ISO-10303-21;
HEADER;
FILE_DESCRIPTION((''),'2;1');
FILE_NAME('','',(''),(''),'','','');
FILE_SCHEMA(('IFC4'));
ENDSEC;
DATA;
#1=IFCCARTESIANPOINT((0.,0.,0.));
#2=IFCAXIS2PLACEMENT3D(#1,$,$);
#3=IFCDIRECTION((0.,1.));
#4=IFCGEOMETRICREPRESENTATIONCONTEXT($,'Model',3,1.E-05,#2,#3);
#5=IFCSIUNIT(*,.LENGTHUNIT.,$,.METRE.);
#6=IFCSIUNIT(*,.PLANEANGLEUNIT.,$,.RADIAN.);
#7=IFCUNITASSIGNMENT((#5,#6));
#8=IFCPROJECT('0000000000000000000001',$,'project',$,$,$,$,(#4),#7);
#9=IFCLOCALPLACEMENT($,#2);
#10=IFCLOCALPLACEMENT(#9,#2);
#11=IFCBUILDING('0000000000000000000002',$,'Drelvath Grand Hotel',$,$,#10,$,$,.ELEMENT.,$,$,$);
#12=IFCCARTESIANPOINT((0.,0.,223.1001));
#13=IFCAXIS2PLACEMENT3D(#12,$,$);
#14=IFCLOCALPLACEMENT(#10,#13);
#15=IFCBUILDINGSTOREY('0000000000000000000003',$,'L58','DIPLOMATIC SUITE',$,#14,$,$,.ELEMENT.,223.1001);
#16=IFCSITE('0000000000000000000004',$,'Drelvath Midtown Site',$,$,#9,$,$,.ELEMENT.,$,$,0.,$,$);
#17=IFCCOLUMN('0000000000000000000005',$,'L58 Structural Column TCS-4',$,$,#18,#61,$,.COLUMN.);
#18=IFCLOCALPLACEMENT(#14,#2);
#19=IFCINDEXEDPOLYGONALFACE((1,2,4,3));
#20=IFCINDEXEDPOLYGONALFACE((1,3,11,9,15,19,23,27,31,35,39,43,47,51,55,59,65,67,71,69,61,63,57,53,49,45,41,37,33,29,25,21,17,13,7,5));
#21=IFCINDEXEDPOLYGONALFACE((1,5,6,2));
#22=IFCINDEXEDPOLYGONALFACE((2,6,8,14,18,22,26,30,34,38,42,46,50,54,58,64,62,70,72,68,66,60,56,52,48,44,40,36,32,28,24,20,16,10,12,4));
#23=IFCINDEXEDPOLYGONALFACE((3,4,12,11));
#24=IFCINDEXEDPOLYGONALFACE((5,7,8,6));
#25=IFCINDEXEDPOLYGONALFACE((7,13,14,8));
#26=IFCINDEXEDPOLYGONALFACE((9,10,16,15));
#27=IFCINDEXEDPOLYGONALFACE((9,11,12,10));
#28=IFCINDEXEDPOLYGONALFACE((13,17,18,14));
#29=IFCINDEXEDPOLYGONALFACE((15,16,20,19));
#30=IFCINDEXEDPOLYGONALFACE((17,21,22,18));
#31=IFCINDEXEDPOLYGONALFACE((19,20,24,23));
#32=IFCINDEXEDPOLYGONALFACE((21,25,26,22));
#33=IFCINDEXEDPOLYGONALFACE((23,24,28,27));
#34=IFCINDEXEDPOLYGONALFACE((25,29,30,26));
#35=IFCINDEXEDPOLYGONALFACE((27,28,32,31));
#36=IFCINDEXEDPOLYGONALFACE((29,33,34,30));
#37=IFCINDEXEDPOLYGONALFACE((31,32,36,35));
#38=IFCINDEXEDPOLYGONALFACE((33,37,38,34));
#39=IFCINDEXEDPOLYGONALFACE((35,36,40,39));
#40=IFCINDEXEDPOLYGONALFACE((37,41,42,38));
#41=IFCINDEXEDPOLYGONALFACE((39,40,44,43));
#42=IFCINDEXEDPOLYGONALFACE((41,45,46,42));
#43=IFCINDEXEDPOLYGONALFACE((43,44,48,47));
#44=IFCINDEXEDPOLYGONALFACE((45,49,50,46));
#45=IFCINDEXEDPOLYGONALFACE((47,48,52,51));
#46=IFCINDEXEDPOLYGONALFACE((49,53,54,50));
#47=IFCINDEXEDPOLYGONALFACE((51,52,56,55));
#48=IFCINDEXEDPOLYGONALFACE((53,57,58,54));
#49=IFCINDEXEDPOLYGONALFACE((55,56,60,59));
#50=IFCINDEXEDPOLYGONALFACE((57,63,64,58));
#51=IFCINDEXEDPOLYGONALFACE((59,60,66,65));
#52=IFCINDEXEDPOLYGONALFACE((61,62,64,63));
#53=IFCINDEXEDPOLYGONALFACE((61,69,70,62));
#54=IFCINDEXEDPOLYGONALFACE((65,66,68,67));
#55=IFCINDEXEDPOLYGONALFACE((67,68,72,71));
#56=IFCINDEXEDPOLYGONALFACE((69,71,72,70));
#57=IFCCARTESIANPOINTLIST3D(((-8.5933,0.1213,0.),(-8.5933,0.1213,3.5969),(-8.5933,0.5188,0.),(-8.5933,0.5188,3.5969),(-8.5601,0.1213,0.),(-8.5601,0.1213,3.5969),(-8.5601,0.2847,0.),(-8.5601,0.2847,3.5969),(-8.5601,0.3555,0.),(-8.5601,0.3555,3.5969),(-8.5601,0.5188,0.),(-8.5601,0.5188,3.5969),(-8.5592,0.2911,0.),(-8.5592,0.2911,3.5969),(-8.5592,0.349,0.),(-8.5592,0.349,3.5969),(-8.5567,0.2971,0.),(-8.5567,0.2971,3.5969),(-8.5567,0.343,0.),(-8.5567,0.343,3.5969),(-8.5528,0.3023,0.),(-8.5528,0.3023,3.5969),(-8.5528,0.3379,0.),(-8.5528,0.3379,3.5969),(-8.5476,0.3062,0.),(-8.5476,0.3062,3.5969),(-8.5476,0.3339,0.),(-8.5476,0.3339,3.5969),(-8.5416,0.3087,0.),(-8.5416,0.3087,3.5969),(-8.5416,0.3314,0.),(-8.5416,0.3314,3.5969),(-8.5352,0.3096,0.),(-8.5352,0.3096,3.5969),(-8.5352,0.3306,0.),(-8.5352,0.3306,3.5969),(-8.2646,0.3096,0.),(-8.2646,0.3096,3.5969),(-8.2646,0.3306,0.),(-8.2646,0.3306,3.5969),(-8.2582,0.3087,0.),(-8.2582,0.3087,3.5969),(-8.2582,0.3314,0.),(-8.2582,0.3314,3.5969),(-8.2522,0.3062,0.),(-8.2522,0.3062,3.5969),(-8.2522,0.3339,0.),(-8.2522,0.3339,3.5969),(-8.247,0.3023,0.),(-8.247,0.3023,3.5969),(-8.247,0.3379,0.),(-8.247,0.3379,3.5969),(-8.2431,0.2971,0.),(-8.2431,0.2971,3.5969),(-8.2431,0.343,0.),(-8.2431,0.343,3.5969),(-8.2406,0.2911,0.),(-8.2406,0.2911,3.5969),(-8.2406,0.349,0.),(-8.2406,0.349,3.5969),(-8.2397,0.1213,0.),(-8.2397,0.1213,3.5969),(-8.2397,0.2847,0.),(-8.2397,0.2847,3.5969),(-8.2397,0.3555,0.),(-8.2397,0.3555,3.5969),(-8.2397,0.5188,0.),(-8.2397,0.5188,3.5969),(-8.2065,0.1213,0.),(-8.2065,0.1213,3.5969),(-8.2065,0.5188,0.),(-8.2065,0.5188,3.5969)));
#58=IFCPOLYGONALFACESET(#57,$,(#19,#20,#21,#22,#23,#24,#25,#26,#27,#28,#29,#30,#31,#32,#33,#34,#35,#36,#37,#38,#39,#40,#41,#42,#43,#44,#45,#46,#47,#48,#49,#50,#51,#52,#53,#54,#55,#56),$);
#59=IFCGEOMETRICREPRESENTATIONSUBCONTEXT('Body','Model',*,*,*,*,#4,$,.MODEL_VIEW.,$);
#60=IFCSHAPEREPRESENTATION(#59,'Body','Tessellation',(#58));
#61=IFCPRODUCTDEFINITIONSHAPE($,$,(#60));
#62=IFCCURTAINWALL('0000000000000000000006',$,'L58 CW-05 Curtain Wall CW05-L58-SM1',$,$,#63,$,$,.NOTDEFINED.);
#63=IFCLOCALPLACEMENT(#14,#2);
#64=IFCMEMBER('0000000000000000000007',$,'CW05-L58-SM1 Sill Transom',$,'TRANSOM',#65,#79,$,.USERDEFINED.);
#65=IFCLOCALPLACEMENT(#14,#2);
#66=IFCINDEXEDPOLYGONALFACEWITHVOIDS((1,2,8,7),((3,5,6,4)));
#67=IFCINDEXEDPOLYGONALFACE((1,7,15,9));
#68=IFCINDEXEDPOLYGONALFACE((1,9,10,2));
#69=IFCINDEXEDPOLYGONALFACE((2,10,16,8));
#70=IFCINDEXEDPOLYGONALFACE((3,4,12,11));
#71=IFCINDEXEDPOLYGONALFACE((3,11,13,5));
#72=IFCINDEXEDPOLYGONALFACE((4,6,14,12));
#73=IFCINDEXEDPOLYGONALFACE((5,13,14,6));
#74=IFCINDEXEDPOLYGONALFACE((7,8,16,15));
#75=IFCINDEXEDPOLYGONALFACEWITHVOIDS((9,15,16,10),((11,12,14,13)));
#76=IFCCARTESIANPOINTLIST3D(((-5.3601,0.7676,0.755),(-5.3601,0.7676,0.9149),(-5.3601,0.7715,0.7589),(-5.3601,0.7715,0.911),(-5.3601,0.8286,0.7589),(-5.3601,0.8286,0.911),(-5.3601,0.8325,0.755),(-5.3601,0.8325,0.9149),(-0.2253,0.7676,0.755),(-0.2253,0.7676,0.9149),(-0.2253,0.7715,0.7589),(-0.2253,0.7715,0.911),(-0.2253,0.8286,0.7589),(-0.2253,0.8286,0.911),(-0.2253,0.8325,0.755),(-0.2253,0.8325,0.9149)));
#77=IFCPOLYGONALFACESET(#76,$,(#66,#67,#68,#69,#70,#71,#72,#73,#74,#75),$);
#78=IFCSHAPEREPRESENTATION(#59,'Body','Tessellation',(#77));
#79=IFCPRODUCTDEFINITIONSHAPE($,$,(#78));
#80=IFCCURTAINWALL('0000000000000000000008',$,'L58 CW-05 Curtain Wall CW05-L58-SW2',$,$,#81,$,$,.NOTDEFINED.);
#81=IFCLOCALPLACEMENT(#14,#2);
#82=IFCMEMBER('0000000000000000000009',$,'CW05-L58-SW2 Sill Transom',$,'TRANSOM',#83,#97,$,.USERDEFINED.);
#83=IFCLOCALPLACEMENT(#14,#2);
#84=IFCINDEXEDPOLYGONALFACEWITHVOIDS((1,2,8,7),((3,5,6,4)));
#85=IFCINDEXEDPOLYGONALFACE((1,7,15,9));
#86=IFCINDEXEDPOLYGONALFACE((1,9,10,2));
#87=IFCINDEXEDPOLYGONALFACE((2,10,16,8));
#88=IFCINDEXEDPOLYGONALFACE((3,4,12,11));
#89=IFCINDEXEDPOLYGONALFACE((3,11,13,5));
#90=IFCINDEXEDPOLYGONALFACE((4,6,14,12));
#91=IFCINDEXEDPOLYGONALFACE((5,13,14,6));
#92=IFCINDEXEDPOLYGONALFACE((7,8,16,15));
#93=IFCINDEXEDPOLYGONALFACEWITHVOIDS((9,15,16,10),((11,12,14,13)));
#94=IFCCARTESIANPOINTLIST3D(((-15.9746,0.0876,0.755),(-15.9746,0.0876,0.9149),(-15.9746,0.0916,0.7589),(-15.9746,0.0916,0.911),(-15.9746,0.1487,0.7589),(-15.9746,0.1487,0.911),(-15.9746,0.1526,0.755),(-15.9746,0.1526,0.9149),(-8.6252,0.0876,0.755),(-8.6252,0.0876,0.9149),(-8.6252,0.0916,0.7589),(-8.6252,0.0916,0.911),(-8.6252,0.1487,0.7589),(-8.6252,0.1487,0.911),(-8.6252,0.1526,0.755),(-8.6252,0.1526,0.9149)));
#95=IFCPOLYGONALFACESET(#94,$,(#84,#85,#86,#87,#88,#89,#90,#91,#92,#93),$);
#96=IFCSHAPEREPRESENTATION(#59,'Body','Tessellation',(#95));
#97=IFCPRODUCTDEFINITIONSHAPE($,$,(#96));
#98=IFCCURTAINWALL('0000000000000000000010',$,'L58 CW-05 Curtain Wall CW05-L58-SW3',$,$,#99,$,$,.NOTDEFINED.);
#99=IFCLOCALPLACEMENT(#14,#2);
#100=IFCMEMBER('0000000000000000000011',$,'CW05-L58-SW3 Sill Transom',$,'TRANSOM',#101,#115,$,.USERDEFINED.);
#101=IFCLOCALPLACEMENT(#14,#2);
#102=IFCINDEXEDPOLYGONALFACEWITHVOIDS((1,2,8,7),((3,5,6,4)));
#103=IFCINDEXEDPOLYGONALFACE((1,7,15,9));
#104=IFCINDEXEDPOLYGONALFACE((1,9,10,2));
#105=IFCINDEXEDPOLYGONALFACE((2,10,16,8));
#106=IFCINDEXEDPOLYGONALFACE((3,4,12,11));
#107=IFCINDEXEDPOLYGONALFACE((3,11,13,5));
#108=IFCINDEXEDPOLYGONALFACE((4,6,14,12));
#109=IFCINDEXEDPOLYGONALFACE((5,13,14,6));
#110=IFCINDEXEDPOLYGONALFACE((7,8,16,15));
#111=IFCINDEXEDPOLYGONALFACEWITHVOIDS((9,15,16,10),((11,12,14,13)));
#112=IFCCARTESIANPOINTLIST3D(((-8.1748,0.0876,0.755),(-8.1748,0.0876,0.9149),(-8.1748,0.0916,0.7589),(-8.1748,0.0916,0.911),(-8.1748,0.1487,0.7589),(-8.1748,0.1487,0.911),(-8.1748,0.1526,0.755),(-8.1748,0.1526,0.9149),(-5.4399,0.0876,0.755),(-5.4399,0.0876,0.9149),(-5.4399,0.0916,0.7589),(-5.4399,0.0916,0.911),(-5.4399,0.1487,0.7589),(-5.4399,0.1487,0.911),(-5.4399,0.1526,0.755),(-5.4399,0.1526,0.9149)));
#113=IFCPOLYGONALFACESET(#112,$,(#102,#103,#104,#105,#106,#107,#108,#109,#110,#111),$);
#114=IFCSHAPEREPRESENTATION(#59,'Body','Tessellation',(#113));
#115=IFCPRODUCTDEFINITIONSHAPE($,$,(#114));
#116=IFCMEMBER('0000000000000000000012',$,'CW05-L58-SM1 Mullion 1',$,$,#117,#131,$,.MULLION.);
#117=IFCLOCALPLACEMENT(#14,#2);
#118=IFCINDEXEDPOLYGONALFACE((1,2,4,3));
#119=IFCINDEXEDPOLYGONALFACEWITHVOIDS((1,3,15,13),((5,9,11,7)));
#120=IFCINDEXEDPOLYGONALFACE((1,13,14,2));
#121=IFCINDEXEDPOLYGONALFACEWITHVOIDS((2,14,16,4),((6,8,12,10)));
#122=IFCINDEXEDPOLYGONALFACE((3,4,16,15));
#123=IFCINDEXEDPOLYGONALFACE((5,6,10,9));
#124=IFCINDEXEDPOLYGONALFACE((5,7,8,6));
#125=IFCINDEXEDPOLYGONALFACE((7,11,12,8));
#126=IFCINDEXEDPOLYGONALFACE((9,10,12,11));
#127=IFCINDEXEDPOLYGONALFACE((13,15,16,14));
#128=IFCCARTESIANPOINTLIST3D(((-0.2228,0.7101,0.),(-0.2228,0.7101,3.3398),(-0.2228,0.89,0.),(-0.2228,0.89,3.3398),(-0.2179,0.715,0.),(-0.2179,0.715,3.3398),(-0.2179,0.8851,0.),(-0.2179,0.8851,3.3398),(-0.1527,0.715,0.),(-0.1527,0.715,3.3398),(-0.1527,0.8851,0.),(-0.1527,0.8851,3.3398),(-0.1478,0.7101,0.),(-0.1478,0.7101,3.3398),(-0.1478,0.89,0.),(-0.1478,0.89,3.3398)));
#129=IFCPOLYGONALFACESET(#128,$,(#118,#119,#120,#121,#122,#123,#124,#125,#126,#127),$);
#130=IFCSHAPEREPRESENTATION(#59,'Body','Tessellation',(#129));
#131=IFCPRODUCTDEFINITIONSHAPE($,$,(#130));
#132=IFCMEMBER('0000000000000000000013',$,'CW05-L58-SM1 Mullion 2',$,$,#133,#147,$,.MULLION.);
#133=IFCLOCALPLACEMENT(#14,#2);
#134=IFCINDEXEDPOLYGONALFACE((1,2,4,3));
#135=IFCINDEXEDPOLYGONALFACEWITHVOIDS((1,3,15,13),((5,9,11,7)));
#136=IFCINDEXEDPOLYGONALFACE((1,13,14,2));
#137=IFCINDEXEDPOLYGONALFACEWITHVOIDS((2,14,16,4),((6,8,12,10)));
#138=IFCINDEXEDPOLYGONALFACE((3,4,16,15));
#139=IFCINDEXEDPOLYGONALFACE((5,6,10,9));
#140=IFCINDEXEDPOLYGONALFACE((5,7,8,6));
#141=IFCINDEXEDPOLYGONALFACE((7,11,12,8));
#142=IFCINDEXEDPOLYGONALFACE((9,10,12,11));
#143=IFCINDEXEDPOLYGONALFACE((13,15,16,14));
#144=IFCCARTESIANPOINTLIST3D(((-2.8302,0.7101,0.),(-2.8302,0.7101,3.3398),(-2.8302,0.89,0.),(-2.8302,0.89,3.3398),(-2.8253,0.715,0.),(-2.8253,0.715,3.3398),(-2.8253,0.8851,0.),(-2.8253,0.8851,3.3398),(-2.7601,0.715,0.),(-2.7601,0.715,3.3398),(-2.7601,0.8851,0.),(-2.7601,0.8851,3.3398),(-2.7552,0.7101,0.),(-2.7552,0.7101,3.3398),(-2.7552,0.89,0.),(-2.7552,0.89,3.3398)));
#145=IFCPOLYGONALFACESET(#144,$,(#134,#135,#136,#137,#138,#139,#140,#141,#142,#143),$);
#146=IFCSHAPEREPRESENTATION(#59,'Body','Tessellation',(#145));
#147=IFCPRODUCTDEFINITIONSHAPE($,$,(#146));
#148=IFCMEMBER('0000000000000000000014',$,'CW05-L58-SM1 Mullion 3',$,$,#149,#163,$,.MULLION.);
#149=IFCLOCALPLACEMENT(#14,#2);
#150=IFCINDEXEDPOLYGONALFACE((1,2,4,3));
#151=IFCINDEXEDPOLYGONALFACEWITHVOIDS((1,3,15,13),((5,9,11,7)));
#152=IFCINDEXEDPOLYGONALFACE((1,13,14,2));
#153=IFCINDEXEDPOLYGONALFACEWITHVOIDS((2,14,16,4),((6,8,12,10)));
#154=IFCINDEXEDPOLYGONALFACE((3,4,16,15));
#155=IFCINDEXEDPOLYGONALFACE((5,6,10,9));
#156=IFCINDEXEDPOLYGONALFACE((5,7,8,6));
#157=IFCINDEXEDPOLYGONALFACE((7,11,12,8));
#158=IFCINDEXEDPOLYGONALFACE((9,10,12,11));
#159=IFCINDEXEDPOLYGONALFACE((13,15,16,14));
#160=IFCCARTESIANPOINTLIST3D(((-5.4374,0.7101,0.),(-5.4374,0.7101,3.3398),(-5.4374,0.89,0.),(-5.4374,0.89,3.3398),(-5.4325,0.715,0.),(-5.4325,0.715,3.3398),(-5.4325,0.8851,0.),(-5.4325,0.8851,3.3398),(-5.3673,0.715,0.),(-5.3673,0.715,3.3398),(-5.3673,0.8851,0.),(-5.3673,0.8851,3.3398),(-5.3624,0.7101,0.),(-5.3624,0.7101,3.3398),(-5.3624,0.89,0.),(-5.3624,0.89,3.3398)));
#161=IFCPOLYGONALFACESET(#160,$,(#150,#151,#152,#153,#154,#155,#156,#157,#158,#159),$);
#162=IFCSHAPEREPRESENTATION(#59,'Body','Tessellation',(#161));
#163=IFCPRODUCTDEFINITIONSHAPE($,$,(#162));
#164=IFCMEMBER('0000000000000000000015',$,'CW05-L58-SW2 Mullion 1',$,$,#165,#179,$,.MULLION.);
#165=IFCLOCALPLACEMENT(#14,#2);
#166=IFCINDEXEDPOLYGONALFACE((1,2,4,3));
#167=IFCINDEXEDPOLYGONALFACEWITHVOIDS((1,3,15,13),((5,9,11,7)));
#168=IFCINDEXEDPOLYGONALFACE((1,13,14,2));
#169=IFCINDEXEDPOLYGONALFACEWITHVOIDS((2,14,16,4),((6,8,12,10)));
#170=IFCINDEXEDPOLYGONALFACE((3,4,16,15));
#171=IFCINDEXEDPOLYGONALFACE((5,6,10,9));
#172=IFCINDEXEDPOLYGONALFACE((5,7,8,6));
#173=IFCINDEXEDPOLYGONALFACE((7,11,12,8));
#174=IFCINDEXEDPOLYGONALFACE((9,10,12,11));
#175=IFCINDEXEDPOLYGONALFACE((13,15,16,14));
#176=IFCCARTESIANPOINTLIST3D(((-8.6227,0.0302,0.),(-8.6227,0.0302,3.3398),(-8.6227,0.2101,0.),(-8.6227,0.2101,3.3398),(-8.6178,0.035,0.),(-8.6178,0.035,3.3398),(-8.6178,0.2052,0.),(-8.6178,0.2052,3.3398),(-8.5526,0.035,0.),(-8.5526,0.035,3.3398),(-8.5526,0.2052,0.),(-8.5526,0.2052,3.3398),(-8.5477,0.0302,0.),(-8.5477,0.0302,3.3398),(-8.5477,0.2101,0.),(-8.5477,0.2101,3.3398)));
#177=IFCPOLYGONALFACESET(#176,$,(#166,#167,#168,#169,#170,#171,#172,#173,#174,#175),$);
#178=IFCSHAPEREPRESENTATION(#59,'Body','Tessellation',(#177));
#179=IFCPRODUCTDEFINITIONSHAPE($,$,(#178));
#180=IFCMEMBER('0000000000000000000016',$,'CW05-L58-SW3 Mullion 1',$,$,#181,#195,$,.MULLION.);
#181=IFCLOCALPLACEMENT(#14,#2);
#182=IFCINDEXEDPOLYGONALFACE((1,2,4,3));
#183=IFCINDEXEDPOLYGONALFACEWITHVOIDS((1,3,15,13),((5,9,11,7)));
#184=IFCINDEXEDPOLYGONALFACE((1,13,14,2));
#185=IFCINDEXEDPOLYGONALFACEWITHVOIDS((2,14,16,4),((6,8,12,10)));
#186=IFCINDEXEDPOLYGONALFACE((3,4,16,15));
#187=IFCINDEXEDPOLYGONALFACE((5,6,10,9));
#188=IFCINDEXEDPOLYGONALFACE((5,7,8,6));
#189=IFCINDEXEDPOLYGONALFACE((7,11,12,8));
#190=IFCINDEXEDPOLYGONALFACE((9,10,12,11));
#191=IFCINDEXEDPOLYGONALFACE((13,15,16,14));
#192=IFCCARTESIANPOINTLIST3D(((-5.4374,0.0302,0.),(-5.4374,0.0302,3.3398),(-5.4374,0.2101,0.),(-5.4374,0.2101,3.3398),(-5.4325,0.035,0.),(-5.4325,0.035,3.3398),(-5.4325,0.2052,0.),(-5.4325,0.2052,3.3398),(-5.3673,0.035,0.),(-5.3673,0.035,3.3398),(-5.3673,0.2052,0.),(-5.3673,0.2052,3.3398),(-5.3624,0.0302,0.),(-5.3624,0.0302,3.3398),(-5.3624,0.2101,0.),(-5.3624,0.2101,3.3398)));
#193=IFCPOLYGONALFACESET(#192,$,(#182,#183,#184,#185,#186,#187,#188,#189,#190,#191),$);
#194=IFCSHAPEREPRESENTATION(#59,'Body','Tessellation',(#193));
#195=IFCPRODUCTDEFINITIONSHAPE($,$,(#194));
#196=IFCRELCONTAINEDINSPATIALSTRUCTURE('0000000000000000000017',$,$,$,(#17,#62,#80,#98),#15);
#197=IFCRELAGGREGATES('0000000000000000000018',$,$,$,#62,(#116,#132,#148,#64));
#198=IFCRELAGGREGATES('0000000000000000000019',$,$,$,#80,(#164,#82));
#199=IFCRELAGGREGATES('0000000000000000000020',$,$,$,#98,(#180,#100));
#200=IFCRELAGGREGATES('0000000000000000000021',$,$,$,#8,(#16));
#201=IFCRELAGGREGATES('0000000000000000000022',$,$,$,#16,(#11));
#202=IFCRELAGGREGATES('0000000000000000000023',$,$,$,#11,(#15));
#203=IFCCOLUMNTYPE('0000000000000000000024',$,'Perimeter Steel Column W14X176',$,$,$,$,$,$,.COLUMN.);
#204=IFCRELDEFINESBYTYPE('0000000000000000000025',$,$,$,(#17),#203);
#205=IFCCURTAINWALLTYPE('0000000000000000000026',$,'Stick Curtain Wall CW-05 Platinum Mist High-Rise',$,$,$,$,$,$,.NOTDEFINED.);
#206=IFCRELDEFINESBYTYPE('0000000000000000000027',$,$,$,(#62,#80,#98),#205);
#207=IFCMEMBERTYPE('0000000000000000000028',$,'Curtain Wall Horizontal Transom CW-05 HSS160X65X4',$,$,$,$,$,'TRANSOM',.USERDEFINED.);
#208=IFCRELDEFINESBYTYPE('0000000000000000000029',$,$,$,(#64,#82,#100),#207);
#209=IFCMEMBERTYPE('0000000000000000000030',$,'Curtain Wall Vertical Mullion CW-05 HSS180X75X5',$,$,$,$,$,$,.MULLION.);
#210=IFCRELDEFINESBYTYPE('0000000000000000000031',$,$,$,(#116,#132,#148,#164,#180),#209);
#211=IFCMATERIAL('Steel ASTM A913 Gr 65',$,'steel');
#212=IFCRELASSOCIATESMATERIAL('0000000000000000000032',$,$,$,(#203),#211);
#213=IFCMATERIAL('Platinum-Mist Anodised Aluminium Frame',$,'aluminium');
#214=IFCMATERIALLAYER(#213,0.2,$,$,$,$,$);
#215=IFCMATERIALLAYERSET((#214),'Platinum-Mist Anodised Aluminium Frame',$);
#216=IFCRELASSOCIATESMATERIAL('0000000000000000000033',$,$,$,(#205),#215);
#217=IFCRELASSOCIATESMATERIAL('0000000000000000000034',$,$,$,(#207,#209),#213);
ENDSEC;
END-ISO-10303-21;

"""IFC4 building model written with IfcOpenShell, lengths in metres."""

from ifc_helpers import new_model, si_unit, direction, frame, origin, origin_2d, place, context, subcontext, project, spatial, hollow_rectangle, i_section, extrude, material, layer, layer_set, material_profile, profile_set, type_object, element, aggregate, save


model = new_model("IFC4")

# Units and contexts
model_context = context("Model", 3, precision=1e-05, world=origin(), true_north=direction((0.0, 1.0)))
body_context = subcontext(model_context, "Body", "Model", "MODEL_VIEW")
ifc_project = project(units=[si_unit("LENGTHUNIT", "METRE"), si_unit("PLANEANGLEUNIT", "RADIAN")], contexts=[model_context])

# Site, building, storey
site_placement = place(None, origin())
site = spatial("IfcSite", under=ifc_project, at=site_placement, Name="Drelvath Midtown Site", CompositionType="ELEMENT", RefElevation=0.0)
building_placement = place(site_placement, origin())
building = spatial("IfcBuilding", under=site, at=building_placement, Name="Drelvath Grand Hotel", CompositionType="ELEMENT")
storey_placement = place(building_placement, frame((0.0, 0.0, 223.1001)))
storey = spatial("IfcBuildingStorey", under=building, at=storey_placement, Name="L58", Description="DIPLOMATIC SUITE", CompositionType="ELEMENT", Elevation=223.1001)

# Column
ifc_material_1 = material(Name="Steel ASTM A913 Gr 65", Category="steel")
ifc_material_profile_1 = material_profile(ifc_material_1, i_section(OverallWidth=0.3975, OverallDepth=0.3867, WebThickness=0.021, FlangeThickness=0.0332, FilletRadius=0.0249, at=origin_2d()), Name="W14X176")
ifc_profile_set_1 = profile_set([ifc_material_profile_1], Name="Steel ASTM A913 Gr 65")
column_type = type_object("IfcColumnType", Name="Perimeter Steel Column W14X176", PredefinedType="COLUMN", material=ifc_profile_set_1)
column_placement = place(storey_placement, frame((-8.3999, 0.3201, 0.0), z_axis=(0.0, 0.0, 1.0), x_axis=(0.0, 1.0, 0.0)))
element("IfcColumn", 1, at=column_placement, inside=storey, type_object=column_type, Name="L58 Structural Column TCS-4", PredefinedType="COLUMN", context=body_context, shape_type="SweptSolid", body=[
    extrude(i_section(OverallWidth=0.3975, OverallDepth=0.3867, WebThickness=0.021, FlangeThickness=0.0332, FilletRadius=0.0249, at=origin_2d()), origin(), (0.0, 0.0, 1.0), 3.5969),
])

# Curtain walls, members
ifc_material_2 = material(Name="Platinum-Mist Anodised Aluminium Frame", Category="aluminium")
ifc_layer_1 = layer(ifc_material_2, 0.2)
ifc_layer_set_1 = layer_set([ifc_layer_1], Name="Platinum-Mist Anodised Aluminium Frame")
curtain_wall_type = type_object("IfcCurtainWallType", Name="Stick Curtain Wall CW-05 Platinum Mist High-Rise", PredefinedType="NOTDEFINED", material=ifc_layer_set_1)
curtain_wall_1_placement = place(storey_placement, origin())
curtain_wall_1 = element("IfcCurtainWall", 2, at=curtain_wall_1_placement, inside=storey, type_object=curtain_wall_type, Name="L58 CW-05 Curtain Wall CW05-L58-SM1", PredefinedType="NOTDEFINED")
ifc_material_profile_2 = material_profile(ifc_material_2, hollow_rectangle(XDim=0.0649, YDim=0.1599, WallThickness=0.0039, at=origin_2d()), Name="HSS160X65X4")
ifc_profile_set_2 = profile_set([ifc_material_profile_2], Name="Platinum-Mist Anodised Aluminium Frame")
member_type_1 = type_object("IfcMemberType", Name="Curtain Wall Horizontal Transom CW-05 HSS160X65X4", ElementType="TRANSOM", PredefinedType="USERDEFINED", material=ifc_profile_set_2)
member_1_placement = place(storey_placement, frame((-0.2253, 0.8, 0.835), z_axis=(-1.0, 0.0, 0.0), x_axis=(0.0, -1.0, 0.0)))
member_1 = element("IfcMember", 3, at=member_1_placement, type_object=member_type_1, Name="CW05-L58-SM1 Sill Transom", ObjectType="TRANSOM", PredefinedType="USERDEFINED", context=body_context, shape_type="SweptSolid", body=[
    extrude(hollow_rectangle(XDim=0.0649, YDim=0.1599, WallThickness=0.0039, at=origin_2d()), origin(), (0.0, 0.0, 1.0), 5.1348),
])
curtain_wall_2_placement = place(storey_placement, origin())
curtain_wall_2 = element("IfcCurtainWall", 4, at=curtain_wall_2_placement, inside=storey, type_object=curtain_wall_type, Name="L58 CW-05 Curtain Wall CW05-L58-SW2", PredefinedType="NOTDEFINED")
member_2_placement = place(storey_placement, frame((-8.6252, 0.1201, 0.835), z_axis=(-1.0, 0.0, 0.0), x_axis=(0.0, -1.0, 0.0)))
member_2 = element("IfcMember", 5, at=member_2_placement, type_object=member_type_1, Name="CW05-L58-SW2 Sill Transom", ObjectType="TRANSOM", PredefinedType="USERDEFINED", context=body_context, shape_type="SweptSolid", body=[
    extrude(hollow_rectangle(XDim=0.0649, YDim=0.1599, WallThickness=0.0039, at=origin_2d()), origin(), (0.0, 0.0, 1.0), 7.3494),
])
curtain_wall_3_placement = place(storey_placement, origin())
curtain_wall_3 = element("IfcCurtainWall", 6, at=curtain_wall_3_placement, inside=storey, type_object=curtain_wall_type, Name="L58 CW-05 Curtain Wall CW05-L58-SW3", PredefinedType="NOTDEFINED")
member_3_placement = place(storey_placement, frame((-5.4399, 0.1201, 0.835), z_axis=(-1.0, 0.0, 0.0), x_axis=(0.0, -1.0, 0.0)))
member_3 = element("IfcMember", 7, at=member_3_placement, type_object=member_type_1, Name="CW05-L58-SW3 Sill Transom", ObjectType="TRANSOM", PredefinedType="USERDEFINED", context=body_context, shape_type="SweptSolid", body=[
    extrude(hollow_rectangle(XDim=0.0649, YDim=0.1599, WallThickness=0.0039, at=origin_2d()), origin(), (0.0, 0.0, 1.0), 2.7349),
])

# Members
ifc_material_profile_3 = material_profile(ifc_material_2, hollow_rectangle(XDim=0.075, YDim=0.1799, WallThickness=0.0049, at=origin_2d()), Name="HSS180X75X5")
ifc_profile_set_3 = profile_set([ifc_material_profile_3], Name="Platinum-Mist Anodised Aluminium Frame")
member_type_2 = type_object("IfcMemberType", Name="Curtain Wall Vertical Mullion CW-05 HSS180X75X5", PredefinedType="MULLION", material=ifc_profile_set_3)
member_4_placement = place(storey_placement, frame((-0.1853, 0.8, 0.0), z_axis=(0.0, 0.0, 1.0), x_axis=(1.0, 0.0, 0.0)))
member_4 = element("IfcMember", 8, at=member_4_placement, type_object=member_type_2, Name="CW05-L58-SM1 Mullion 1", PredefinedType="MULLION", context=body_context, shape_type="SweptSolid", body=[
    extrude(hollow_rectangle(XDim=0.075, YDim=0.1799, WallThickness=0.0049, at=origin_2d()), origin(), (0.0, 0.0, 1.0), 3.3398),
])
member_5_placement = place(storey_placement, frame((-2.7927, 0.8, 0.0), z_axis=(0.0, 0.0, 1.0), x_axis=(1.0, 0.0, 0.0)))
member_5 = element("IfcMember", 9, at=member_5_placement, type_object=member_type_2, Name="CW05-L58-SM1 Mullion 2", PredefinedType="MULLION", context=body_context, shape_type="SweptSolid", body=[
    extrude(hollow_rectangle(XDim=0.075, YDim=0.1799, WallThickness=0.0049, at=origin_2d()), origin(), (0.0, 0.0, 1.0), 3.3398),
])
member_6_placement = place(storey_placement, frame((-5.3999, 0.8, 0.0), z_axis=(0.0, 0.0, 1.0), x_axis=(1.0, 0.0, 0.0)))
member_6 = element("IfcMember", 10, at=member_6_placement, type_object=member_type_2, Name="CW05-L58-SM1 Mullion 3", PredefinedType="MULLION", context=body_context, shape_type="SweptSolid", body=[
    extrude(hollow_rectangle(XDim=0.075, YDim=0.1799, WallThickness=0.0049, at=origin_2d()), origin(), (0.0, 0.0, 1.0), 3.3398),
])
member_7_placement = place(storey_placement, frame((-8.5852, 0.1201, 0.0), z_axis=(0.0, 0.0, 1.0), x_axis=(1.0, 0.0, 0.0)))
member_7 = element("IfcMember", 11, at=member_7_placement, type_object=member_type_2, Name="CW05-L58-SW2 Mullion 1", PredefinedType="MULLION", context=body_context, shape_type="SweptSolid", body=[
    extrude(hollow_rectangle(XDim=0.075, YDim=0.1799, WallThickness=0.0049, at=origin_2d()), origin(), (0.0, 0.0, 1.0), 3.3398),
])
member_8_placement = place(storey_placement, frame((-5.3999, 0.1201, 0.0), z_axis=(0.0, 0.0, 1.0), x_axis=(1.0, 0.0, 0.0)))
member_8 = element("IfcMember", 12, at=member_8_placement, type_object=member_type_2, Name="CW05-L58-SW3 Mullion 1", PredefinedType="MULLION", context=body_context, shape_type="SweptSolid", body=[
    extrude(hollow_rectangle(XDim=0.075, YDim=0.1799, WallThickness=0.0049, at=origin_2d()), origin(), (0.0, 0.0, 1.0), 3.3398),
])

aggregate(curtain_wall_1, [member_4, member_5, member_6, member_1])
aggregate(curtain_wall_2, [member_7, member_2])
aggregate(curtain_wall_3, [member_8, member_3])

save(model, "model.ifc")
